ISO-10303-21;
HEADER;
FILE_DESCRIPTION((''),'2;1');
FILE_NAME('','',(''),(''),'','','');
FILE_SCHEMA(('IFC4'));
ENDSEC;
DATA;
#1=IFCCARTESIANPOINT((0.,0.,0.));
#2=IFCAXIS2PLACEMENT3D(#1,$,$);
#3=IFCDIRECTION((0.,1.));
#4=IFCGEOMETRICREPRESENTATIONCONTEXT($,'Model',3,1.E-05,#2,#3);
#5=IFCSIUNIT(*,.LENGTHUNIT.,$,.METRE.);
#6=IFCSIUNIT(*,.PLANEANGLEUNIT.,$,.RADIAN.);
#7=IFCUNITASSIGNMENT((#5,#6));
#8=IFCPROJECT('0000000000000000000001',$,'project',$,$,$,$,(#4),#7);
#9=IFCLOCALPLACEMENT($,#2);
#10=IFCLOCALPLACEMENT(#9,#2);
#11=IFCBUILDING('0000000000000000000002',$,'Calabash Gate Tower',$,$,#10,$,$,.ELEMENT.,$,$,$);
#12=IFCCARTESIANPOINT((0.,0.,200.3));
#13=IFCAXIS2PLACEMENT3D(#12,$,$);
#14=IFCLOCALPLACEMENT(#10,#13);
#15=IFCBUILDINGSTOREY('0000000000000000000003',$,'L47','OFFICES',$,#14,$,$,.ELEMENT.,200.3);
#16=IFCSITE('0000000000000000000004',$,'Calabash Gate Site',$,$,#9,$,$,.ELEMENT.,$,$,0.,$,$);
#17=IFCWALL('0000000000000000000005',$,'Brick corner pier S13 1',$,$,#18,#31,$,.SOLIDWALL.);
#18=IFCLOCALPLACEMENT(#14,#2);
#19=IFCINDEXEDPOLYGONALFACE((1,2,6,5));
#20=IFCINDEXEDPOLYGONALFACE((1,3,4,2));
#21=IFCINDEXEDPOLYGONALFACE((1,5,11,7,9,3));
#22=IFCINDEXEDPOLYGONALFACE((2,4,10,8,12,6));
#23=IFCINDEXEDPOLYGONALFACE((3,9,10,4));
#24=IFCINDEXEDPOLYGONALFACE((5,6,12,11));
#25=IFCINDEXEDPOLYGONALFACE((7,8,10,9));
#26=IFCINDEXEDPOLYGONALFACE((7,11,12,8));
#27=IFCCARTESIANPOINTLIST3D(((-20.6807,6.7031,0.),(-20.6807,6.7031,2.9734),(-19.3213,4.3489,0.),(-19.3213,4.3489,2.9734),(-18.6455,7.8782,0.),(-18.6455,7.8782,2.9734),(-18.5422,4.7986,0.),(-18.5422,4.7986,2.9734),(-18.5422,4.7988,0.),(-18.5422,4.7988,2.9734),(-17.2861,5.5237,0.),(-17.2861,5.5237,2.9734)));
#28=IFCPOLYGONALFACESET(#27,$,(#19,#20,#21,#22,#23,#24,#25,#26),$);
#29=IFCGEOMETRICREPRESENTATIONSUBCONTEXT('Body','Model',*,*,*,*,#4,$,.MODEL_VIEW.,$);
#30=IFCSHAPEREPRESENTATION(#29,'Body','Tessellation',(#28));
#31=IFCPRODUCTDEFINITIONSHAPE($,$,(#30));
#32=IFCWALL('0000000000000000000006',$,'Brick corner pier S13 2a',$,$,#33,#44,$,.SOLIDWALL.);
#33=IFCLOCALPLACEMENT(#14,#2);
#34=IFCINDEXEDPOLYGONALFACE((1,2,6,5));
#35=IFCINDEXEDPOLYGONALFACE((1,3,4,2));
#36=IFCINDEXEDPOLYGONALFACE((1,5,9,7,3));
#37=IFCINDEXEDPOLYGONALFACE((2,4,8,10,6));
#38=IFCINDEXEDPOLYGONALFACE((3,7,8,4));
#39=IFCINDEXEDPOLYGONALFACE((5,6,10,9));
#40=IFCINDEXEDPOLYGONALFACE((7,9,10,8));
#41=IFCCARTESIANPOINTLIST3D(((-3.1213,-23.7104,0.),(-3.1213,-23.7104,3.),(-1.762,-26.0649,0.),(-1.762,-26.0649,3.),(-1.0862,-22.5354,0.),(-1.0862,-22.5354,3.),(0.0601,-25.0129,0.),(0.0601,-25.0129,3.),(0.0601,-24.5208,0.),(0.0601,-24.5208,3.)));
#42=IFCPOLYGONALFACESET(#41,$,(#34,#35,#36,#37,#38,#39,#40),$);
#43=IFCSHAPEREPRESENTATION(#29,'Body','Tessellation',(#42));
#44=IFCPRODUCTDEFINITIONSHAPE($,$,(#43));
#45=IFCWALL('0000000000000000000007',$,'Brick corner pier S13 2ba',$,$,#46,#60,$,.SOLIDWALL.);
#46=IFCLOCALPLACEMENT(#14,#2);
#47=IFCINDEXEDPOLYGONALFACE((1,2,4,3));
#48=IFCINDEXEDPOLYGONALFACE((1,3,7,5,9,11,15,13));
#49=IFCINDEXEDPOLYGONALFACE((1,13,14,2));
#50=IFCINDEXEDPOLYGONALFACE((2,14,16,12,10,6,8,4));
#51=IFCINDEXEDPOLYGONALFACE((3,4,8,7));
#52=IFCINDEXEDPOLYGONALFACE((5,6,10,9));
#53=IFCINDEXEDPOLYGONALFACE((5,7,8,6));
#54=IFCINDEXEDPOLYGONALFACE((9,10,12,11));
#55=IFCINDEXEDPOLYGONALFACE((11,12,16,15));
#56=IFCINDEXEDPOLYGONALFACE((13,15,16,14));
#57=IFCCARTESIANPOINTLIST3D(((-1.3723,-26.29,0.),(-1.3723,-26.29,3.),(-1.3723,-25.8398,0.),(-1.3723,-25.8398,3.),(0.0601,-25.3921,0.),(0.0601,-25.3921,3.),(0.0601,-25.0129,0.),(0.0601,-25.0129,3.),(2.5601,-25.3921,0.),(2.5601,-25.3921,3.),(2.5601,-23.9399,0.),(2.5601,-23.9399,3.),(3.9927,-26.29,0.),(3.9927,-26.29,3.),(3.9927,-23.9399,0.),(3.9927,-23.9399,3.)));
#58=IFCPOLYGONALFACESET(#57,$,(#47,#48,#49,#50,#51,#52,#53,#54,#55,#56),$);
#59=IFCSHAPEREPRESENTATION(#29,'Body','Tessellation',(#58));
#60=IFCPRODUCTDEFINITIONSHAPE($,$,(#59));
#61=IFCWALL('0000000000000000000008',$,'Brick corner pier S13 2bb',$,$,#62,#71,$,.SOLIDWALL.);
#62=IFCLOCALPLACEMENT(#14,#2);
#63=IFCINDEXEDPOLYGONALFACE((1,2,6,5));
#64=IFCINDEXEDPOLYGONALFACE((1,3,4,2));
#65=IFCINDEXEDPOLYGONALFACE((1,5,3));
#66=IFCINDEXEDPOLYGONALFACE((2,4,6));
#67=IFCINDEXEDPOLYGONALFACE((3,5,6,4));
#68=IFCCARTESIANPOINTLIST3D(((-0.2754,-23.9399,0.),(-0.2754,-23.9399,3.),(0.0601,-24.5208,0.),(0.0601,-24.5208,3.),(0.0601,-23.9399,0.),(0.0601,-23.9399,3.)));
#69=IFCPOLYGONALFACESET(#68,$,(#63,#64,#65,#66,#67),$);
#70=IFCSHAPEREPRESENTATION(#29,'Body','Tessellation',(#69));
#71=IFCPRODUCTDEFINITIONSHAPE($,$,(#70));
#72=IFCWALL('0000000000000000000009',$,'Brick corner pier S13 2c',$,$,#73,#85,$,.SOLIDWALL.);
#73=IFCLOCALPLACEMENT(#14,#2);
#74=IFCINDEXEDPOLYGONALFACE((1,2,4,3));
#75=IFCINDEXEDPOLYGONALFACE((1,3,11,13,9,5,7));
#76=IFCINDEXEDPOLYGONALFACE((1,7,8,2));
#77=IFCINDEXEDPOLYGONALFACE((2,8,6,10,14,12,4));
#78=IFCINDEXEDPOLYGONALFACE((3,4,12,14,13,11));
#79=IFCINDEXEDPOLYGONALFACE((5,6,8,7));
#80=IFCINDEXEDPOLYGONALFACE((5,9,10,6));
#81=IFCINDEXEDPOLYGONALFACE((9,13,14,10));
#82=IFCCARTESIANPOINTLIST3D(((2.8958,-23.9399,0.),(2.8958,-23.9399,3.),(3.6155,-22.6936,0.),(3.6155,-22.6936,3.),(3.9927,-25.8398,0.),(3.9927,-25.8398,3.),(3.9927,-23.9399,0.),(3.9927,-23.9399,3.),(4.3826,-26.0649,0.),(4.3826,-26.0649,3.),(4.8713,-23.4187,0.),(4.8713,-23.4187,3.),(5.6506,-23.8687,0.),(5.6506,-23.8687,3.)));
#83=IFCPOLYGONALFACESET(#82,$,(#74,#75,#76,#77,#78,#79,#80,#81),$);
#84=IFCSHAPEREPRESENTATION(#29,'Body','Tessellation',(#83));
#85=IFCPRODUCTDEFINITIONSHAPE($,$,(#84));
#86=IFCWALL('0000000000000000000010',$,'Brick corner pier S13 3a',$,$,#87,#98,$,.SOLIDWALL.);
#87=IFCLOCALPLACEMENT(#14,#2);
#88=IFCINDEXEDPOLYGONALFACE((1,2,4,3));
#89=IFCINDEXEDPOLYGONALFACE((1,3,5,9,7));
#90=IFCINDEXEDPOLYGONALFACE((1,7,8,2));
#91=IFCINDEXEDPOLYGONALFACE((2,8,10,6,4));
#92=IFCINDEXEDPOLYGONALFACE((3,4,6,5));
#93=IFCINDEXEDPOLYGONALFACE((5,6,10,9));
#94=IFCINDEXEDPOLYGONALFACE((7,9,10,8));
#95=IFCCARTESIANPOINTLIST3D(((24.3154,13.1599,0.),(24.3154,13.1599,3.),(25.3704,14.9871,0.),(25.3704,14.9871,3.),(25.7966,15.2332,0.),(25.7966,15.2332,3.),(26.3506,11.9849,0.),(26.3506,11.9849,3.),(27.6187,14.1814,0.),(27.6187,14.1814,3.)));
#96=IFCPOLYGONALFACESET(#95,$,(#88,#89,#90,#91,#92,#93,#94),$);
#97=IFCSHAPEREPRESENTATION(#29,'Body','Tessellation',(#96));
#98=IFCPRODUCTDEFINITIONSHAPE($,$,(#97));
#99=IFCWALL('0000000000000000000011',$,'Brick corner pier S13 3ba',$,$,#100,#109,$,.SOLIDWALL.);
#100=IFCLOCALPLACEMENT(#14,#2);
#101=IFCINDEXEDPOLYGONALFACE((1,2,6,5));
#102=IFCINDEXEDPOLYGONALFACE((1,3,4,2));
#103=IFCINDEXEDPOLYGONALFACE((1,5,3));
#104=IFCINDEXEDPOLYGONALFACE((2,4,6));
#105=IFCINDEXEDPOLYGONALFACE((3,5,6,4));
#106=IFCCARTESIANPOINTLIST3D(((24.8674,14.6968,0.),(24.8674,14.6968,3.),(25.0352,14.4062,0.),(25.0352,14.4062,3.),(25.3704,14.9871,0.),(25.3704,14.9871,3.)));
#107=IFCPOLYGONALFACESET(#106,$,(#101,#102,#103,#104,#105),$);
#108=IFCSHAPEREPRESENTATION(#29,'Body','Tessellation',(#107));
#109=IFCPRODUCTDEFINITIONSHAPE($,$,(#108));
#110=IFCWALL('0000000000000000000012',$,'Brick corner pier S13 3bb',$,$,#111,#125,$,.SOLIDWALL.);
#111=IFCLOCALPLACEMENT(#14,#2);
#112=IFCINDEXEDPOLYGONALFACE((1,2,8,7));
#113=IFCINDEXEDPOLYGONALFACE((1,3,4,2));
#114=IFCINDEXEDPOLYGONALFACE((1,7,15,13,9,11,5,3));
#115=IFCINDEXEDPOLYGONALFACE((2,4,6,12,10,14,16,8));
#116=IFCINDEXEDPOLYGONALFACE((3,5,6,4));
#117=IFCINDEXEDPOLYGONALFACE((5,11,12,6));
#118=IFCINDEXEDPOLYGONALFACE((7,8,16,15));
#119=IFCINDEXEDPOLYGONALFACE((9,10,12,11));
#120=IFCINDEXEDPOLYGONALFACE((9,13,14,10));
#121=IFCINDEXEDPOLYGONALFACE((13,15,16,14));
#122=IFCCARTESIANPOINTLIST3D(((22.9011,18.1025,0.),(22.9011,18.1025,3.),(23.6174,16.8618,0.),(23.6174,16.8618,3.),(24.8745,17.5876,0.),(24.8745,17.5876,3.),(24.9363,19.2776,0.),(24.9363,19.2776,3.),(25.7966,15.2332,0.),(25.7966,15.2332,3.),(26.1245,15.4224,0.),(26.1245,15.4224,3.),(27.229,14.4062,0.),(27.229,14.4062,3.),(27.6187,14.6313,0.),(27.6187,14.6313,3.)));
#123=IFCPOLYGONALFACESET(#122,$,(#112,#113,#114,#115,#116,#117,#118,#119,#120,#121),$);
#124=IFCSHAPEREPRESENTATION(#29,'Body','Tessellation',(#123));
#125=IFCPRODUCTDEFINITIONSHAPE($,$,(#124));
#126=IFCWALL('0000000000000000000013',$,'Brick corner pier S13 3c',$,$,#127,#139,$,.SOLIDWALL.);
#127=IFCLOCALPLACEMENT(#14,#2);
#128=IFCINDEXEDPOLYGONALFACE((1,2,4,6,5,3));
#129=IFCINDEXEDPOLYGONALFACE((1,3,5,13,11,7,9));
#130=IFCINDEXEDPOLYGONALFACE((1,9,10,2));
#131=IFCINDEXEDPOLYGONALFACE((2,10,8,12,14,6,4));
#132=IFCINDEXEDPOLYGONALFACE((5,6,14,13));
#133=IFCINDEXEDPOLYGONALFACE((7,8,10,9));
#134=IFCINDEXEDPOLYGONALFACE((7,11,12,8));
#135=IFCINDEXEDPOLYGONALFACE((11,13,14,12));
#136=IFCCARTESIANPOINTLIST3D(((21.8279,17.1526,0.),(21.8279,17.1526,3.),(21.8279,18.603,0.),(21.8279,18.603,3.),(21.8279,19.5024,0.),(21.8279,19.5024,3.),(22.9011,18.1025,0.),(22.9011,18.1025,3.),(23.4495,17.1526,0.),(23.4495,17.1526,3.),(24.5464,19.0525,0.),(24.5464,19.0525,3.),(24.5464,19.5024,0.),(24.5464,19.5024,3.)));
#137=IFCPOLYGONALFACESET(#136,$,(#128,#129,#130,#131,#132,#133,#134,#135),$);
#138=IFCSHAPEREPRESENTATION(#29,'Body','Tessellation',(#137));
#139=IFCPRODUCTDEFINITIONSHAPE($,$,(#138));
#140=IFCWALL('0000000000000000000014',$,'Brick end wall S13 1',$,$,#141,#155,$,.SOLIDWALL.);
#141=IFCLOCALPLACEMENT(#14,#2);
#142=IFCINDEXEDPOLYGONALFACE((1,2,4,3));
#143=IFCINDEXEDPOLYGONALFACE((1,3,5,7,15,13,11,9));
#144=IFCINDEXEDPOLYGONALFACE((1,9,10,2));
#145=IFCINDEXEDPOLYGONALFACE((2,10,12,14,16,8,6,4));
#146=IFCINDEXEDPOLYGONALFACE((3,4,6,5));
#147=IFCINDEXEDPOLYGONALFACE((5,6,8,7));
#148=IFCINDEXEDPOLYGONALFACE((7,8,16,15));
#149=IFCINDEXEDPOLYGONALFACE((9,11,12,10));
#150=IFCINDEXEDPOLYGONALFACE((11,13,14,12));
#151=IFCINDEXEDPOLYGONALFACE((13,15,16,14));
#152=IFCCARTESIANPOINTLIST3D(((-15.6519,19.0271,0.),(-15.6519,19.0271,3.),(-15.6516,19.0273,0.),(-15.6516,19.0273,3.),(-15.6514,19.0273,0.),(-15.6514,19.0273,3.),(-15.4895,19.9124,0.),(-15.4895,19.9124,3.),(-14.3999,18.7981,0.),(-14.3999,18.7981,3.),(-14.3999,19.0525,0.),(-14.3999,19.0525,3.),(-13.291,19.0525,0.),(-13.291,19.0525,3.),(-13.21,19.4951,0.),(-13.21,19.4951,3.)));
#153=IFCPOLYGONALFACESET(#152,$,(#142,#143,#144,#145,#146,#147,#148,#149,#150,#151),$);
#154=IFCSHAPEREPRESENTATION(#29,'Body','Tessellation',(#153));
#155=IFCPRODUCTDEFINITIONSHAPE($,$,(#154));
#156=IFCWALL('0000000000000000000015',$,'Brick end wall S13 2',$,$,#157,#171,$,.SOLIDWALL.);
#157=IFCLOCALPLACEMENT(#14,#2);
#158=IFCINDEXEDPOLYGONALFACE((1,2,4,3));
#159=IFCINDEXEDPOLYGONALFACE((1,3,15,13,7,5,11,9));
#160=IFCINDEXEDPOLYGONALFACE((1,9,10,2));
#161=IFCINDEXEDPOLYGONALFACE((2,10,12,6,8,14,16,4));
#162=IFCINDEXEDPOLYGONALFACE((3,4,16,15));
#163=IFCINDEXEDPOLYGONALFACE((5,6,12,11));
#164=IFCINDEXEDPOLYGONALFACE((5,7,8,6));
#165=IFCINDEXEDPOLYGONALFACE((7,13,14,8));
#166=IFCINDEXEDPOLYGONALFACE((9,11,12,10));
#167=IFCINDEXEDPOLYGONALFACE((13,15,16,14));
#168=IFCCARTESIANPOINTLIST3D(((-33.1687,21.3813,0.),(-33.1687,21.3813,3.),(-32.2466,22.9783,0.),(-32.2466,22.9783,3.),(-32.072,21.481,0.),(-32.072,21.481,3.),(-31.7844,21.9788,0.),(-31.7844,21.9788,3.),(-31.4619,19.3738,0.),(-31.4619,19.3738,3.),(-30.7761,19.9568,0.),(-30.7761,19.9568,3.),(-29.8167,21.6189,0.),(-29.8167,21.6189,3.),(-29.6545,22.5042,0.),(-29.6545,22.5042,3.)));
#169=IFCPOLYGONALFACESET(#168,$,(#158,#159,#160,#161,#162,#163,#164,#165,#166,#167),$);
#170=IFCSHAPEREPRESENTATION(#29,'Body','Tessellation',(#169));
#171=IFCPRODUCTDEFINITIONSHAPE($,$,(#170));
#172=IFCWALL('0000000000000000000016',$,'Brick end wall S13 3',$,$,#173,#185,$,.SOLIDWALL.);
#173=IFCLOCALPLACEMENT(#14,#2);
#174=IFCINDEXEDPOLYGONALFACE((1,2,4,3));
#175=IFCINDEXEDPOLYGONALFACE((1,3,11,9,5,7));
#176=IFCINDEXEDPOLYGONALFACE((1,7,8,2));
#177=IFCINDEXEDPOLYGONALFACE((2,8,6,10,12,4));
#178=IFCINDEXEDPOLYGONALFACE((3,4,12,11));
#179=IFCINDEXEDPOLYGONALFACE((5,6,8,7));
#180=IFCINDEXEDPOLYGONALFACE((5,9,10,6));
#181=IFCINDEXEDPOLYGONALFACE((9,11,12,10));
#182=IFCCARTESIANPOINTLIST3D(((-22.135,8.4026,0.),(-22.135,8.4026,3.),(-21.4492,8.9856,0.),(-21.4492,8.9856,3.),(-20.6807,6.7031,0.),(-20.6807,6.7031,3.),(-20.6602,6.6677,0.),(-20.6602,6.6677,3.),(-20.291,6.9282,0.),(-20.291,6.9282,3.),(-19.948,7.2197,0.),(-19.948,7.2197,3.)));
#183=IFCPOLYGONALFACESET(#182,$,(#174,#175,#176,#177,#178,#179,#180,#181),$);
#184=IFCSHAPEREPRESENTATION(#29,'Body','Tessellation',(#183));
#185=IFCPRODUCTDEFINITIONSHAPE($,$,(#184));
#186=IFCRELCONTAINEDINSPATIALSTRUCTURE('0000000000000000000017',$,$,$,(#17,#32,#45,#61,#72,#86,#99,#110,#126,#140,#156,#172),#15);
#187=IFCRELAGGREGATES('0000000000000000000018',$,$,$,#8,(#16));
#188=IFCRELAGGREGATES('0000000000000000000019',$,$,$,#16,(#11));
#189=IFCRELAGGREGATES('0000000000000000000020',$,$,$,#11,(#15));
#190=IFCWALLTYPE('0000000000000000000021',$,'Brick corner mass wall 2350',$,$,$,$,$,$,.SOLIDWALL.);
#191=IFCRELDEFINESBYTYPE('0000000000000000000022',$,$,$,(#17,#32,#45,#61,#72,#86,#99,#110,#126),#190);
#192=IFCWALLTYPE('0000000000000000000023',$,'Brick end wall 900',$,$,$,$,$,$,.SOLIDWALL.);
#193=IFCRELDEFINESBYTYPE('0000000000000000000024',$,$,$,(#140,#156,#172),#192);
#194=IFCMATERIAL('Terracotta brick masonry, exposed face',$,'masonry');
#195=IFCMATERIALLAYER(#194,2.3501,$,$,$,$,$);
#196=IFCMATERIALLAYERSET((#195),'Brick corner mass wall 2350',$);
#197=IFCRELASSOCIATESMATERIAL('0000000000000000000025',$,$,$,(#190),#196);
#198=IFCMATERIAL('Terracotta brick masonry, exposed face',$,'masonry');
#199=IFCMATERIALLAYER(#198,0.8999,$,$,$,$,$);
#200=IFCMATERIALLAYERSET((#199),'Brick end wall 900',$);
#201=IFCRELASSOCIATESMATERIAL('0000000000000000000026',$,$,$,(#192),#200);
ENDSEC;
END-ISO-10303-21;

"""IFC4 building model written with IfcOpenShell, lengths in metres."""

from ifc_helpers import new_model, si_unit, direction, frame, origin, place, context, subcontext, project, spatial, polyline, outline, extrude, material, layer, layer_set, type_object, element, save


model = new_model("IFC4")

# Units and contexts
model_context = context("Model", 3, precision=1e-05, world=origin(), true_north=direction((0.0, 1.0)))
body_context = subcontext(model_context, "Body", "Model", "MODEL_VIEW")
ifc_project = project(units=[si_unit("LENGTHUNIT", "METRE"), si_unit("PLANEANGLEUNIT", "RADIAN")], contexts=[model_context])

# Site, building, storey
site_placement = place(None, origin())
site = spatial("IfcSite", under=ifc_project, at=site_placement, Name="Calabash Gate Site", CompositionType="ELEMENT", RefElevation=0.0)
building_placement = place(site_placement, origin())
building = spatial("IfcBuilding", under=site, at=building_placement, Name="Calabash Gate Tower", CompositionType="ELEMENT")
storey_placement = place(building_placement, frame((0.0, 0.0, 200.3)))
storey = spatial("IfcBuildingStorey", under=building, at=storey_placement, Name="L47", Description="OFFICES", CompositionType="ELEMENT", Elevation=200.3)

# Walls
ifc_material_1 = material(Name="Terracotta brick masonry, exposed face", Category="masonry")
ifc_layer_1 = layer(ifc_material_1, 2.3501)
ifc_layer_set_1 = layer_set([ifc_layer_1], Name="Brick corner mass wall 2350")
wall_type_1 = type_object("IfcWallType", Name="Brick corner mass wall 2350", PredefinedType="SOLIDWALL", material=ifc_layer_set_1)
wall_1_placement = place(storey_placement, origin())
element("IfcWall", 1, at=wall_1_placement, inside=storey, type_object=wall_type_1, Name="Brick corner pier S13 1", PredefinedType="SOLIDWALL", context=body_context, shape_type="SweptSolid", body=[
    extrude(outline(polyline([(-20.6807, 6.7031), (-19.3213, 4.3489), (-18.5422, 4.7988), (-18.5422, 4.7986), (-17.2861, 5.5237), (-18.6455, 7.8782), (-20.6807, 6.7031)])), origin(), (0.0, 0.0, 1.0), 2.9734),
])
wall_2_placement = place(storey_placement, origin())
element("IfcWall", 2, at=wall_2_placement, inside=storey, type_object=wall_type_1, Name="Brick corner pier S13 2a", PredefinedType="SOLIDWALL", context=body_context, shape_type="SweptSolid", body=[
    extrude(outline(polyline([(0.0601, -24.5208), (-1.0862, -22.5354), (-3.1213, -23.7104), (-1.762, -26.0649), (0.0601, -25.0129), (0.0601, -24.5208)])), origin(), (0.0, 0.0, 1.0), 3.0),
])
wall_3_placement = place(storey_placement, origin())
element("IfcWall", 3, at=wall_3_placement, inside=storey, type_object=wall_type_1, Name="Brick corner pier S13 2ba", PredefinedType="SOLIDWALL", context=body_context, shape_type="SweptSolid", body=[
    extrude(outline(polyline([(2.5601, -23.9399), (2.5601, -25.3921), (0.0601, -25.3921), (0.0601, -25.0129), (-1.3723, -25.8398), (-1.3723, -26.29), (3.9927, -26.29), (3.9927, -23.9399), (2.5601, -23.9399)])), origin(), (0.0, 0.0, 1.0), 3.0),
])
wall_4_placement = place(storey_placement, origin())
element("IfcWall", 4, at=wall_4_placement, inside=storey, type_object=wall_type_1, Name="Brick corner pier S13 2bb", PredefinedType="SOLIDWALL", context=body_context, shape_type="SweptSolid", body=[
    extrude(outline(polyline([(-0.2754, -23.9399), (0.0601, -24.5208), (0.0601, -23.9399), (-0.2754, -23.9399)])), origin(), (0.0, 0.0, 1.0), 3.0),
])
wall_5_placement = place(storey_placement, origin())
element("IfcWall", 5, at=wall_5_placement, inside=storey, type_object=wall_type_1, Name="Brick corner pier S13 2c", PredefinedType="SOLIDWALL", context=body_context, shape_type="SweptSolid", body=[
    extrude(outline(polyline([(4.8713, -23.4187), (3.6155, -22.6936), (2.8958, -23.9399), (3.9927, -23.9399), (3.9927, -25.8398), (4.3826, -26.0649), (5.6506, -23.8687), (4.8713, -23.4187), (4.8713, -23.4187)])), origin(), (0.0, 0.0, 1.0), 3.0),
])
wall_6_placement = place(storey_placement, origin())
element("IfcWall", 6, at=wall_6_placement, inside=storey, type_object=wall_type_1, Name="Brick corner pier S13 3a", PredefinedType="SOLIDWALL", context=body_context, shape_type="SweptSolid", body=[
    extrude(outline(polyline([(25.3704, 14.9871), (24.3154, 13.1599), (26.3506, 11.9849), (27.6187, 14.1814), (25.7966, 15.2332), (25.3704, 14.9871)])), origin(), (0.0, 0.0, 1.0), 3.0),
])
wall_7_placement = place(storey_placement, origin())
element("IfcWall", 7, at=wall_7_placement, inside=storey, type_object=wall_type_1, Name="Brick corner pier S13 3ba", PredefinedType="SOLIDWALL", context=body_context, shape_type="SweptSolid", body=[
    extrude(outline(polyline([(25.0352, 14.4062), (25.3704, 14.9871), (24.8674, 14.6968), (25.0352, 14.4062)])), origin(), (0.0, 0.0, 1.0), 3.0),
])
wall_8_placement = place(storey_placement, origin())
element("IfcWall", 8, at=wall_8_placement, inside=storey, type_object=wall_type_1, Name="Brick corner pier S13 3bb", PredefinedType="SOLIDWALL", context=body_context, shape_type="SweptSolid", body=[
    extrude(outline(polyline([(22.9011, 18.1025), (23.6174, 16.8618), (24.8745, 17.5876), (26.1245, 15.4224), (25.7966, 15.2332), (27.229, 14.4062), (27.6187, 14.6313), (24.9363, 19.2776), (22.9011, 18.1025)])), origin(), (0.0, 0.0, 1.0), 3.0),
])
wall_9_placement = place(storey_placement, origin())
element("IfcWall", 9, at=wall_9_placement, inside=storey, type_object=wall_type_1, Name="Brick corner pier S13 3c", PredefinedType="SOLIDWALL", context=body_context, shape_type="SweptSolid", body=[
    extrude(outline(polyline([(21.8279, 18.603), (21.8279, 17.1526), (23.4495, 17.1526), (22.9011, 18.1025), (24.5464, 19.0525), (24.5464, 19.5024), (21.8279, 19.5024), (21.8279, 18.603), (21.8279, 18.603)])), origin(), (0.0, 0.0, 1.0), 3.0),
])
ifc_material_2 = material(Name="Terracotta brick masonry, exposed face", Category="masonry")
ifc_layer_2 = layer(ifc_material_2, 0.8999)
ifc_layer_set_2 = layer_set([ifc_layer_2], Name="Brick end wall 900")
wall_type_2 = type_object("IfcWallType", Name="Brick end wall 900", PredefinedType="SOLIDWALL", material=ifc_layer_set_2)
wall_10_placement = place(storey_placement, origin())
element("IfcWall", 10, at=wall_10_placement, inside=storey, type_object=wall_type_2, Name="Brick end wall S13 1", PredefinedType="SOLIDWALL", context=body_context, shape_type="SweptSolid", body=[
    extrude(outline(polyline([(-15.6516, 19.0273), (-15.6519, 19.0271), (-14.3999, 18.7981), (-14.3999, 19.0525), (-13.291, 19.0525), (-13.21, 19.4951), (-15.4895, 19.9124), (-15.6514, 19.0273), (-15.6516, 19.0273)])), origin(), (0.0, 0.0, 1.0), 3.0),
])
wall_11_placement = place(storey_placement, origin())
element("IfcWall", 11, at=wall_11_placement, inside=storey, type_object=wall_type_2, Name="Brick end wall S13 2", PredefinedType="SOLIDWALL", context=body_context, shape_type="SweptSolid", body=[
    extrude(outline(polyline([(-31.7844, 21.9788), (-29.8167, 21.6189), (-29.6545, 22.5042), (-32.2466, 22.9783), (-33.1687, 21.3813), (-31.4619, 19.3738), (-30.7761, 19.9568), (-32.072, 21.481), (-31.7844, 21.9788)])), origin(), (0.0, 0.0, 1.0), 3.0),
])
wall_12_placement = place(storey_placement, origin())
element("IfcWall", 12, at=wall_12_placement, inside=storey, type_object=wall_type_2, Name="Brick end wall S13 3", PredefinedType="SOLIDWALL", context=body_context, shape_type="SweptSolid", body=[
    extrude(outline(polyline([(-19.948, 7.2197), (-21.4492, 8.9856), (-22.135, 8.4026), (-20.6602, 6.6677), (-20.6807, 6.7031), (-20.291, 6.9282), (-19.948, 7.2197)])), origin(), (0.0, 0.0, 1.0), 3.0),
])

save(model, "model.ifc")
